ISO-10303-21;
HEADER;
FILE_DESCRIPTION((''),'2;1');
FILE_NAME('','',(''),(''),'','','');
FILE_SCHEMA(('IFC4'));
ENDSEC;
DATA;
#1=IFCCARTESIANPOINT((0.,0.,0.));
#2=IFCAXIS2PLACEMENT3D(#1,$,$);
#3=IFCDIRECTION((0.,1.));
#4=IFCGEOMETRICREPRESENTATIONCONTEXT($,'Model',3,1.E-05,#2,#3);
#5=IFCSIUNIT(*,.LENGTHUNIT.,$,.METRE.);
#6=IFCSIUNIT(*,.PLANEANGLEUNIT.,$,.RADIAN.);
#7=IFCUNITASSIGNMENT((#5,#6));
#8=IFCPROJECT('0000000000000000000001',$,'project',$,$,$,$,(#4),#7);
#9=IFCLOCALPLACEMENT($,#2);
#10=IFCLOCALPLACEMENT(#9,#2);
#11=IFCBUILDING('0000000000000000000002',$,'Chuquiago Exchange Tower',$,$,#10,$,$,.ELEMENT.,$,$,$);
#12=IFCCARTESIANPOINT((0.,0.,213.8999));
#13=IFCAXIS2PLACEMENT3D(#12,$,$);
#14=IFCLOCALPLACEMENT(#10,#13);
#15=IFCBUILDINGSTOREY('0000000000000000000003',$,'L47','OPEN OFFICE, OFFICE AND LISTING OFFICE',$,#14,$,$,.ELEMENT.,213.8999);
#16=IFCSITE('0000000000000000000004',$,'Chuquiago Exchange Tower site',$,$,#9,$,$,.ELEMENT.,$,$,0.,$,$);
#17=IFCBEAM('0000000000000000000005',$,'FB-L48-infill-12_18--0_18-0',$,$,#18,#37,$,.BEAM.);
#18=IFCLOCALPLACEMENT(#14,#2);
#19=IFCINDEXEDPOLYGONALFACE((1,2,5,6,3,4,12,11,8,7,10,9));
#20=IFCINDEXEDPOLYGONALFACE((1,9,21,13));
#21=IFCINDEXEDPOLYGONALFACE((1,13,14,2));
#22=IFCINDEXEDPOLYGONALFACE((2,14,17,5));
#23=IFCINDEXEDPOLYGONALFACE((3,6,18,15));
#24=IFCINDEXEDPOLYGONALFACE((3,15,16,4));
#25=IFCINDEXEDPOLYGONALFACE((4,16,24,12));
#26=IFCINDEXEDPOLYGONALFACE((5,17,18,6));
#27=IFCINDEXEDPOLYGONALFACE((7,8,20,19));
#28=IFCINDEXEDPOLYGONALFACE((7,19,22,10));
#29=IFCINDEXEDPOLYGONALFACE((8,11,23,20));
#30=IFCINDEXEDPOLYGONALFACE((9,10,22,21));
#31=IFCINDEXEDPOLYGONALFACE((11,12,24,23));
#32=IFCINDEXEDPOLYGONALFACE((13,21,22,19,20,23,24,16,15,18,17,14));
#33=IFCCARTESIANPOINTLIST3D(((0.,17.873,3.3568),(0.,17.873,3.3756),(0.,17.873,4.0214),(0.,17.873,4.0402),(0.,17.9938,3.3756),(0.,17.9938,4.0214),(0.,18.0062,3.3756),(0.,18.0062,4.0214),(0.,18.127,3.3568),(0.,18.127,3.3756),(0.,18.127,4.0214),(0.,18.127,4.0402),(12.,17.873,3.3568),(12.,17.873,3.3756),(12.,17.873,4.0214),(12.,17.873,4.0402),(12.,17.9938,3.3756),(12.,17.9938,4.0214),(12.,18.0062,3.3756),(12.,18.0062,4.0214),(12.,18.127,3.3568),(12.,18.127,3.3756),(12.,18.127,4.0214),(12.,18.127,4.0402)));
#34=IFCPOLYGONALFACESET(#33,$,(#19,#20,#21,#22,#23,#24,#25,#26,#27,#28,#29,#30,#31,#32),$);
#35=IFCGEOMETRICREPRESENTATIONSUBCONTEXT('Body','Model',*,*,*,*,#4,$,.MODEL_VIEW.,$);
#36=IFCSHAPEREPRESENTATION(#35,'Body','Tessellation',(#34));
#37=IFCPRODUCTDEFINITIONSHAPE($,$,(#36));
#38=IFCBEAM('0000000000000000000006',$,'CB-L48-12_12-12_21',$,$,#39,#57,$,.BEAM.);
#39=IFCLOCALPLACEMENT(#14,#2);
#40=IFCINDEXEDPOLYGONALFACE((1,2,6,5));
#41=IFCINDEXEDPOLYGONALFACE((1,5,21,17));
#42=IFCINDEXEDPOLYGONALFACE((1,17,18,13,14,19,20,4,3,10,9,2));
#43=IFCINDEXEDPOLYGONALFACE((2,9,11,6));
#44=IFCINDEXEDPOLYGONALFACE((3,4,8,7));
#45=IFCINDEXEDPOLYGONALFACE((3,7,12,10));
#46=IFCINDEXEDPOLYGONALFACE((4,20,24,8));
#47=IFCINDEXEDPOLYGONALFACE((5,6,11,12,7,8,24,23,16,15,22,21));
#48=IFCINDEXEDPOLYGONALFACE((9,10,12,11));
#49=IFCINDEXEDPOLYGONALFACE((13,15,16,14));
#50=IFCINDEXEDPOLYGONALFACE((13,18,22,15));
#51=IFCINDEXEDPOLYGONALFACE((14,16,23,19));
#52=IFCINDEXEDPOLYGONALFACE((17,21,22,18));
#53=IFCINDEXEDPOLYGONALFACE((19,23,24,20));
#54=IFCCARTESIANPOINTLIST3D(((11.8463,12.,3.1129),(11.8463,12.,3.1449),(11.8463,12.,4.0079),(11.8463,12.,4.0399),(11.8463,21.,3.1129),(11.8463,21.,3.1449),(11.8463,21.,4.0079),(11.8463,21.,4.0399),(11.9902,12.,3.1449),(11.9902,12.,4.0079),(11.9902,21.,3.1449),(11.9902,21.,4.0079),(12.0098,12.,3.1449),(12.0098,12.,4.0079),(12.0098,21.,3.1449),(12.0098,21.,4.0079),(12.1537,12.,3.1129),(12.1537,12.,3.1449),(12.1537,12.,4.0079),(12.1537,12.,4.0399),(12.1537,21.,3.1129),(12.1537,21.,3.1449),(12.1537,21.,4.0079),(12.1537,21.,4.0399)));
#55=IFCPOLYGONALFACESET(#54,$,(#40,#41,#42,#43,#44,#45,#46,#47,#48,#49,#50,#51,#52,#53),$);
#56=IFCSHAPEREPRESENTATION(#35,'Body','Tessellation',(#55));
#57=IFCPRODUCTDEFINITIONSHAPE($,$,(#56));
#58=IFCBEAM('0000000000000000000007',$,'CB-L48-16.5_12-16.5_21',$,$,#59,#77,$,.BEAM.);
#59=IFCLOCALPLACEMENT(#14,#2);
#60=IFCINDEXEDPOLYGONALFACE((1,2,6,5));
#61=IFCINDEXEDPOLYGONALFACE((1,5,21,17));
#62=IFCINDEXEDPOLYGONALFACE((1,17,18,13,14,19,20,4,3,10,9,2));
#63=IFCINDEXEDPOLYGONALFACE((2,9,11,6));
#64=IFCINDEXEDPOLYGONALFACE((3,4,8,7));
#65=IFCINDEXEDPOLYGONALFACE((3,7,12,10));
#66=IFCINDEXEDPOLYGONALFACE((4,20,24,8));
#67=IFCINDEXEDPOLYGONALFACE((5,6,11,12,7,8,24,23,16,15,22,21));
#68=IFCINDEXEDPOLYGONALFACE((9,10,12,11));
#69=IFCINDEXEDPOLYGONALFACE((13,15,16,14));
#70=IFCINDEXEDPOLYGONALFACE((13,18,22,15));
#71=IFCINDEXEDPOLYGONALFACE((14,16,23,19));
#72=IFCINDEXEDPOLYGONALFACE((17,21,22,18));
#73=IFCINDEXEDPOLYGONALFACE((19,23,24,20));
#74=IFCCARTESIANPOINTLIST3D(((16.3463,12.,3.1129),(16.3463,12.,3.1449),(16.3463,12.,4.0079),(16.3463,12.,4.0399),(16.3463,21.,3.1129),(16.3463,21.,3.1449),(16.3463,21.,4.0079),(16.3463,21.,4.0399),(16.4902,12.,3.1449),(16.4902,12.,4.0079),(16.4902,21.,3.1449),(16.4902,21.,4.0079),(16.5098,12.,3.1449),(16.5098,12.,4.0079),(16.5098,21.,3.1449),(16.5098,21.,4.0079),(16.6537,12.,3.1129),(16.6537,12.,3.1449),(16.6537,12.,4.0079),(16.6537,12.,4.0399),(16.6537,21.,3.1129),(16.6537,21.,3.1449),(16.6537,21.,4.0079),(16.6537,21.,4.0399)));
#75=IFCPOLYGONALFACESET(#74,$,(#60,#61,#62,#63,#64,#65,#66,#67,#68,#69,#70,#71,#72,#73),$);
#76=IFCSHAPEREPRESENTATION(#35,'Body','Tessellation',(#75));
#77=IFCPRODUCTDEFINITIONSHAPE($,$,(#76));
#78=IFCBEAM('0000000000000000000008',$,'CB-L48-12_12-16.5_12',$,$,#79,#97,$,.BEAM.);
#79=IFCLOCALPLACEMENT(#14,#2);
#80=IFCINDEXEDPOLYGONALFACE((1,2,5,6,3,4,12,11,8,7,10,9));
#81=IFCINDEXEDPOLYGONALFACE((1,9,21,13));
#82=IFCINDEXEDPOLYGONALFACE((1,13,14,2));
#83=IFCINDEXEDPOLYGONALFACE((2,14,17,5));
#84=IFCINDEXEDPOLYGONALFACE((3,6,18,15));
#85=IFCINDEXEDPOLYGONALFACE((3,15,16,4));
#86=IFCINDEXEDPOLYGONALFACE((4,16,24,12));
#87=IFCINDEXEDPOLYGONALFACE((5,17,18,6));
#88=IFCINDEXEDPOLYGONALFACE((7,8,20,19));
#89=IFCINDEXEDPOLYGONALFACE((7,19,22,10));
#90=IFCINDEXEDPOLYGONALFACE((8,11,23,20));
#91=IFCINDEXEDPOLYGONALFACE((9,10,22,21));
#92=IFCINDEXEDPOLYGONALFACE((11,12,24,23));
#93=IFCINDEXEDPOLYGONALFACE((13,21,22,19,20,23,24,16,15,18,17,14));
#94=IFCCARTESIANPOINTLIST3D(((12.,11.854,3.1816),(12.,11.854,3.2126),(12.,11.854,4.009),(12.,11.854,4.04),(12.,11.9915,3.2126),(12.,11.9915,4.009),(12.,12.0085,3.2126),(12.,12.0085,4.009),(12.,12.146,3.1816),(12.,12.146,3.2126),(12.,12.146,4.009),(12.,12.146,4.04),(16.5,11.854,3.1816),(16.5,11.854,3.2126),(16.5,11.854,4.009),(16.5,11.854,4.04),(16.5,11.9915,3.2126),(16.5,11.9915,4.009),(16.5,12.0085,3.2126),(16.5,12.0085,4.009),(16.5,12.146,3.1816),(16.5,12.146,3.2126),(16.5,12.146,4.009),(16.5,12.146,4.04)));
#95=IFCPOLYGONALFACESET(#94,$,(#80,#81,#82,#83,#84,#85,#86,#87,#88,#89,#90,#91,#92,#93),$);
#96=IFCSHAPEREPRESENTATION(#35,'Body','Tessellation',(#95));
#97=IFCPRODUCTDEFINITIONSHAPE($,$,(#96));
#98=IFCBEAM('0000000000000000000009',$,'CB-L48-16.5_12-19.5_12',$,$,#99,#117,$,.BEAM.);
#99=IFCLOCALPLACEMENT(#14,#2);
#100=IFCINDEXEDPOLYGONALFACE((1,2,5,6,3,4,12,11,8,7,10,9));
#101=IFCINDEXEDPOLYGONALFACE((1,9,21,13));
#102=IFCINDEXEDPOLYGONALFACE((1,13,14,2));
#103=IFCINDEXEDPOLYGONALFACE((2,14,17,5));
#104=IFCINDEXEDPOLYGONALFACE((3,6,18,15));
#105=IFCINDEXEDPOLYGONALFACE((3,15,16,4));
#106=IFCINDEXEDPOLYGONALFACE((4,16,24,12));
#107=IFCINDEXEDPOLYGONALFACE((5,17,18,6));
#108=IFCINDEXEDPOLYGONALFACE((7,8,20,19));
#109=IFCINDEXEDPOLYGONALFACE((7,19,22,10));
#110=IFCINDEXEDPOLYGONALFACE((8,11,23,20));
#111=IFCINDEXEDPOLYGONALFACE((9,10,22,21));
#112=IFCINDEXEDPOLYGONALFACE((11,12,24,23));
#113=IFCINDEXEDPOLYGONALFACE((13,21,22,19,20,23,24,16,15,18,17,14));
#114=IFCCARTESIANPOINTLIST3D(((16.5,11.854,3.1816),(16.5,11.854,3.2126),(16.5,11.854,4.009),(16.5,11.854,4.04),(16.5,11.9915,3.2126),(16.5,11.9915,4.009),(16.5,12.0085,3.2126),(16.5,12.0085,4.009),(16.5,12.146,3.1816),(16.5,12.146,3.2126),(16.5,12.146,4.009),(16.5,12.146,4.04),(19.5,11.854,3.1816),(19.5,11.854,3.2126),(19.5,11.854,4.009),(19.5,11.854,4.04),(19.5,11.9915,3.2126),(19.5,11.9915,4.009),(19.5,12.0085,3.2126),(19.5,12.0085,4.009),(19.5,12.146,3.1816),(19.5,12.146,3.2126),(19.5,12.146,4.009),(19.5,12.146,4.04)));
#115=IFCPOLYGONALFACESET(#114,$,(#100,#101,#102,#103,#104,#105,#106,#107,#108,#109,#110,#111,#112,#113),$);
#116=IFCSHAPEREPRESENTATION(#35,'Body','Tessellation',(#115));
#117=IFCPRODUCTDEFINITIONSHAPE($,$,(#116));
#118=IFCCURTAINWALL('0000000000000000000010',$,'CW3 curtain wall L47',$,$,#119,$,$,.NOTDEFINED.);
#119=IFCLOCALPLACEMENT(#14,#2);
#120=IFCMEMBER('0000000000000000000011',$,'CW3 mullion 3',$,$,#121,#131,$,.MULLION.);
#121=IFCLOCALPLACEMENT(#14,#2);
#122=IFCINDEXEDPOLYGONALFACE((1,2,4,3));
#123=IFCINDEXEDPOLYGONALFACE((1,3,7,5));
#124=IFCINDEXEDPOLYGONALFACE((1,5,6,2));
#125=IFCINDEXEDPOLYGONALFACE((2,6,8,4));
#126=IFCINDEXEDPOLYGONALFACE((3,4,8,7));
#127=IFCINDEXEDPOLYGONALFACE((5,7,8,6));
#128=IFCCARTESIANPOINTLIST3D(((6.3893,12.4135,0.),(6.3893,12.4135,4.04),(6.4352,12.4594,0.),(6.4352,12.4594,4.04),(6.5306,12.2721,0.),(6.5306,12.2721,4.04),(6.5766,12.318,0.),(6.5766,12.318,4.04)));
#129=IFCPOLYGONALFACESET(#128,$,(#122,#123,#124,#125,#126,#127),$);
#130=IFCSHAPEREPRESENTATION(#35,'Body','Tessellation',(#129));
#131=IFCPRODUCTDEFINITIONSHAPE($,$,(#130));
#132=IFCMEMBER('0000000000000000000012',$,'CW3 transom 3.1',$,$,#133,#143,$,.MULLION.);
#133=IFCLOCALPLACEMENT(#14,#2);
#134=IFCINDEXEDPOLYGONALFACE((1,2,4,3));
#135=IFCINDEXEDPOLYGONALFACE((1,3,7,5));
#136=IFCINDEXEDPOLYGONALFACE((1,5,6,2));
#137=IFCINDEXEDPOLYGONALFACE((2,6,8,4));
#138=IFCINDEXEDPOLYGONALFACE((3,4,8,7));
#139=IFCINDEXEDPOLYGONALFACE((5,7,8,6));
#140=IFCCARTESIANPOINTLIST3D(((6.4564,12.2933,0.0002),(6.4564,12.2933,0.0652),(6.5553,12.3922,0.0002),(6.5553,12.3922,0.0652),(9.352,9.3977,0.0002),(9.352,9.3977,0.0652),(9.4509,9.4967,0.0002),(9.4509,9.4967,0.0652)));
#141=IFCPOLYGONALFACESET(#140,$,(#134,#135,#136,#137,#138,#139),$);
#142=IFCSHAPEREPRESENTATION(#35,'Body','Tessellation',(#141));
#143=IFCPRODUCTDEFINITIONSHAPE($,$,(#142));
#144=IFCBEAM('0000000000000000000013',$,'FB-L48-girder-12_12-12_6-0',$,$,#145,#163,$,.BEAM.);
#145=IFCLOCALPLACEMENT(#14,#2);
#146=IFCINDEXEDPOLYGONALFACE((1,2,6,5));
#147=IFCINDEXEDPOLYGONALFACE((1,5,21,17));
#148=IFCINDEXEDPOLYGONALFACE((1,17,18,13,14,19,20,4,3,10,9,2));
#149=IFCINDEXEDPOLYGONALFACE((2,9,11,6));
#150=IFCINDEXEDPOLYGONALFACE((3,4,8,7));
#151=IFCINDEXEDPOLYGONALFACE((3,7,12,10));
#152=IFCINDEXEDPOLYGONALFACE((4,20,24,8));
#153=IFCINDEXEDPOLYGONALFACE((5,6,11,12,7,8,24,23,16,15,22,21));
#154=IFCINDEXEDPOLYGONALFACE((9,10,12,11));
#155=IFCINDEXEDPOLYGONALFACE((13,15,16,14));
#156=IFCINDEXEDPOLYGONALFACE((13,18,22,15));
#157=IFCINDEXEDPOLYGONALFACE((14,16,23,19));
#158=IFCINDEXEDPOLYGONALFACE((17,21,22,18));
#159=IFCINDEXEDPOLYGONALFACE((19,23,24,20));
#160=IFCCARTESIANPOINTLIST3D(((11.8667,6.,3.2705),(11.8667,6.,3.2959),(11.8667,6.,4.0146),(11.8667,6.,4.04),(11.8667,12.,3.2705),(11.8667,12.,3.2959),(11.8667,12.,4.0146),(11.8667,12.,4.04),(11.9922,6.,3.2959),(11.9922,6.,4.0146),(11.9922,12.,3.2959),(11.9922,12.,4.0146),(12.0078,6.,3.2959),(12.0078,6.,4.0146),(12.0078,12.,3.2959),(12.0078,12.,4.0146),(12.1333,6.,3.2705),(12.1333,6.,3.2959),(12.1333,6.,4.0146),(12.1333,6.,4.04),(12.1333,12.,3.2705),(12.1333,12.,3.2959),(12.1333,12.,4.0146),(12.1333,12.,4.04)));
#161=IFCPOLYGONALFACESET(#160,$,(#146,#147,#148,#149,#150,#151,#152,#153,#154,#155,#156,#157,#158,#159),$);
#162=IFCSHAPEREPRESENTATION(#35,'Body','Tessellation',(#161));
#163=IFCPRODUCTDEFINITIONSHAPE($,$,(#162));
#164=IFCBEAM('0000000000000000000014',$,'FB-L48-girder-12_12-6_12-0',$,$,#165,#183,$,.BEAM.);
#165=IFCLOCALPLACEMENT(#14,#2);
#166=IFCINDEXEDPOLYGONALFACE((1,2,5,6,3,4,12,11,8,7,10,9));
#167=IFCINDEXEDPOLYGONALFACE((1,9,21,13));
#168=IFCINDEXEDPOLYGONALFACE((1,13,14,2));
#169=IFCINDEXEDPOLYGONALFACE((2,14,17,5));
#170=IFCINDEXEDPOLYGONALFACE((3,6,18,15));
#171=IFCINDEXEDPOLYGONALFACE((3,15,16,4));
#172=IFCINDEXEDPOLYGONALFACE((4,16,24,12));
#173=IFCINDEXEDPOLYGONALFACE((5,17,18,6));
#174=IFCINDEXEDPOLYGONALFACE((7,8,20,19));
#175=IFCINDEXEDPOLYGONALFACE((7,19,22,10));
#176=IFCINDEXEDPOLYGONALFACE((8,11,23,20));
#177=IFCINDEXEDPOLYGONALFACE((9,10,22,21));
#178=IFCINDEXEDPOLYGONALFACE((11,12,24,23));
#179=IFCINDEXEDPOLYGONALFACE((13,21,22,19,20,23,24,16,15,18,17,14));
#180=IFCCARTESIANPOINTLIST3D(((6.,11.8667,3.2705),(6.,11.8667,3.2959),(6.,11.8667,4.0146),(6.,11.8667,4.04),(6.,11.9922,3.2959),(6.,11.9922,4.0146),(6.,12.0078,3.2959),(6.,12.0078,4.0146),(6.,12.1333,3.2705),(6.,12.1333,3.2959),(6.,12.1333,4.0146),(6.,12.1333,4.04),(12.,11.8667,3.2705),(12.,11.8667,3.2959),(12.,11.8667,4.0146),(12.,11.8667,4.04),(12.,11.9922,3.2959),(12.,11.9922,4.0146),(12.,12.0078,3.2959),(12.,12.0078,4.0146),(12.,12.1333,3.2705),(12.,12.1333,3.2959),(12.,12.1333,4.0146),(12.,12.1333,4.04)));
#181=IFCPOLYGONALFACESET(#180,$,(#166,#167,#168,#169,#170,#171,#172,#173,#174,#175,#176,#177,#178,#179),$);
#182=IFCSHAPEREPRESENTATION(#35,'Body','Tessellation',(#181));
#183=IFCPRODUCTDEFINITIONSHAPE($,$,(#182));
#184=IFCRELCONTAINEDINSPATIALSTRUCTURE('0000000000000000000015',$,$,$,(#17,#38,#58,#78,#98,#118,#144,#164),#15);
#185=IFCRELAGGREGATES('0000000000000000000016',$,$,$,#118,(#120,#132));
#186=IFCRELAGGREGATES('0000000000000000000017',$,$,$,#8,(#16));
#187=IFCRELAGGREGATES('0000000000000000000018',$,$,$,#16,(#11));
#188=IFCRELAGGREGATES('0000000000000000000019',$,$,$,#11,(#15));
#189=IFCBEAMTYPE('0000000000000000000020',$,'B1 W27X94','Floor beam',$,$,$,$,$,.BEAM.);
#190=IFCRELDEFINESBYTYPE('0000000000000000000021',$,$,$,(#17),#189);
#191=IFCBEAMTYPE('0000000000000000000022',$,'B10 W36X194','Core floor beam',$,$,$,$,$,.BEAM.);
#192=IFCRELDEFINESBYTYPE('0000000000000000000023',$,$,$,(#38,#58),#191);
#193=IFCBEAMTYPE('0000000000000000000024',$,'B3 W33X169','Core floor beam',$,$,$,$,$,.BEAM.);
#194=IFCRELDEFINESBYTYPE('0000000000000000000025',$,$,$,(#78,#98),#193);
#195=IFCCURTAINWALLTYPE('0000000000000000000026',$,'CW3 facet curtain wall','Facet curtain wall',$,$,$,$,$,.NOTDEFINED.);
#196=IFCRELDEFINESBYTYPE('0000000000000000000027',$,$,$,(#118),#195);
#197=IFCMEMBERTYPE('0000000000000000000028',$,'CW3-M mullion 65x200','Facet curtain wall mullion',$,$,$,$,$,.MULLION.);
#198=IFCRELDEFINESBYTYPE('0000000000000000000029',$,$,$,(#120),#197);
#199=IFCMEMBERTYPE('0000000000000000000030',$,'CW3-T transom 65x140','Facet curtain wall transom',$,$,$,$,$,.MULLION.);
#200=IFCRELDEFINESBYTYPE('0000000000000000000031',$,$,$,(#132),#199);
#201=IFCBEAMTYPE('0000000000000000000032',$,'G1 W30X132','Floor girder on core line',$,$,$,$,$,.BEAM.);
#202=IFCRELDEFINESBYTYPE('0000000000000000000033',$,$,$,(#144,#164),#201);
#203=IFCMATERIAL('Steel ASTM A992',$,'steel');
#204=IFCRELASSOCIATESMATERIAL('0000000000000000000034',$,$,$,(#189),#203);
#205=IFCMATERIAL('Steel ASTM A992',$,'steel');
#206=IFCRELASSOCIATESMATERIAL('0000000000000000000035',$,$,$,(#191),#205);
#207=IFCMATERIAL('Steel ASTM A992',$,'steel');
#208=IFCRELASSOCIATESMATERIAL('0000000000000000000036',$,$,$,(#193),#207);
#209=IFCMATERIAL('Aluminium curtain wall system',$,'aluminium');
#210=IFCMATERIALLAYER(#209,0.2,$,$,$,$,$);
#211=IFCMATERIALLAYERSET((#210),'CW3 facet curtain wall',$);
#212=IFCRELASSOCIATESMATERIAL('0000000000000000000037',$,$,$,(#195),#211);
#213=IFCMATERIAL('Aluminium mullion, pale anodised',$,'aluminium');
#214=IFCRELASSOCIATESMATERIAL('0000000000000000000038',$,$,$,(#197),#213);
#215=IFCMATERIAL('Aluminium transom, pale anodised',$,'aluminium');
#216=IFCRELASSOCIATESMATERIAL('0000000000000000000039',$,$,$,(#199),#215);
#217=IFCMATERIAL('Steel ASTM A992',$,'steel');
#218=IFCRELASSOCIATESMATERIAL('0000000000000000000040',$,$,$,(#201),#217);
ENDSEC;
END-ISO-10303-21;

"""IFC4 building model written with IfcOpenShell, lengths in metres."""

from ifc_helpers import new_model, si_unit, direction, frame, origin, origin_2d, place, context, subcontext, project, spatial, rectangle, i_section, extrude, material, layer, layer_set, material_profile, profile_set, type_object, element, aggregate, save


model = new_model("IFC4")

# Units and contexts
model_context = context("Model", 3, precision=1e-05, world=origin(), true_north=direction((0.0, 1.0)))
body_context = subcontext(model_context, "Body", "Model", "MODEL_VIEW")
ifc_project = project(units=[si_unit("LENGTHUNIT", "METRE"), si_unit("PLANEANGLEUNIT", "RADIAN")], contexts=[model_context])

# Site, building, storey
site_placement = place(None, origin())
site = spatial("IfcSite", under=ifc_project, at=site_placement, Name="Chuquiago Exchange Tower site", CompositionType="ELEMENT", RefElevation=0.0)
building_placement = place(site_placement, origin())
building = spatial("IfcBuilding", under=site, at=building_placement, Name="Chuquiago Exchange Tower", CompositionType="ELEMENT")
storey_placement = place(building_placement, frame((0.0, 0.0, 213.8999)))
storey = spatial("IfcBuildingStorey", under=building, at=storey_placement, Name="L47", Description="OPEN OFFICE, OFFICE AND LISTING OFFICE", CompositionType="ELEMENT", Elevation=213.8999)

# Beams
ifc_material_1 = material(Name="Steel ASTM A992", Category="steel")
ifc_material_profile_1 = material_profile(ifc_material_1, i_section(OverallWidth=0.2539, OverallDepth=0.6833, WebThickness=0.0125, FlangeThickness=0.0188, at=origin_2d()), Name="W27X94")
ifc_profile_set_1 = profile_set([ifc_material_profile_1], Name="Steel ASTM A992")
beam_type_1 = type_object("IfcBeamType", Name="B1 W27X94", Description="Floor beam", PredefinedType="BEAM", material=ifc_profile_set_1)
beam_1_placement = place(storey_placement, frame((12.0, 18.0, 3.6985), z_axis=(-1.0, 0.0, 0.0), x_axis=(0.0, -1.0, 0.0)))
element("IfcBeam", 1, at=beam_1_placement, inside=storey, type_object=beam_type_1, Name="FB-L48-infill-12_18--0_18-0", PredefinedType="BEAM", context=body_context, shape_type="SweptSolid", body=[
    extrude(i_section(OverallWidth=0.2539, OverallDepth=0.6833, WebThickness=0.0125, FlangeThickness=0.0188, at=origin_2d()), origin(), (0.0, 0.0, 1.0), 12.0),
])
ifc_material_2 = material(Name="Steel ASTM A992", Category="steel")
ifc_material_profile_2 = material_profile(ifc_material_2, i_section(OverallWidth=0.3074, OverallDepth=0.927, WebThickness=0.0195, FlangeThickness=0.032, at=origin_2d()), Name="W36X194")
ifc_profile_set_2 = profile_set([ifc_material_profile_2], Name="Steel ASTM A992")
beam_type_2 = type_object("IfcBeamType", Name="B10 W36X194", Description="Core floor beam", PredefinedType="BEAM", material=ifc_profile_set_2)
for number, where, z_axis, x_axis, name in (
    (2, (12.0, 12.0, 3.5764), (0.0, 1.0, 0.0), (-1.0, 0.0, 0.0), "CB-L48-12_12-12_21"),
    (3, (16.5, 12.0, 3.5764), (0.0, 1.0, 0.0), (-1.0, 0.0, 0.0), "CB-L48-16.5_12-16.5_21"),
):
    element("IfcBeam", number, at=place(storey_placement, frame(where, z_axis=z_axis, x_axis=x_axis)), inside=storey, type_object=beam_type_2, Name=name, PredefinedType="BEAM", context=body_context, shape_type="SweptSolid", body=[
        extrude(i_section(OverallWidth=0.3074, OverallDepth=0.927, WebThickness=0.0195, FlangeThickness=0.032, at=origin_2d()), origin(), (0.0, 0.0, 1.0), 9.0),
    ])
ifc_material_3 = material(Name="Steel ASTM A992", Category="steel")
ifc_material_profile_3 = material_profile(ifc_material_3, i_section(OverallWidth=0.292, OverallDepth=0.8584, WebThickness=0.0171, FlangeThickness=0.031, at=origin_2d()), Name="W33X169")
ifc_profile_set_3 = profile_set([ifc_material_profile_3], Name="Steel ASTM A992")
beam_type_3 = type_object("IfcBeamType", Name="B3 W33X169", Description="Core floor beam", PredefinedType="BEAM", material=ifc_profile_set_3)
beam_2_placement = place(storey_placement, frame((12.0, 12.0, 3.6108), z_axis=(1.0, 0.0, 0.0), x_axis=(0.0, 1.0, 0.0)))
element("IfcBeam", 4, at=beam_2_placement, inside=storey, type_object=beam_type_3, Name="CB-L48-12_12-16.5_12", PredefinedType="BEAM", context=body_context, shape_type="SweptSolid", body=[
    extrude(i_section(OverallWidth=0.292, OverallDepth=0.8584, WebThickness=0.0171, FlangeThickness=0.031, at=origin_2d()), origin(), (0.0, 0.0, 1.0), 4.5),
])
beam_3_placement = place(storey_placement, frame((16.5, 12.0, 3.6108), z_axis=(1.0, 0.0, 0.0), x_axis=(0.0, 1.0, 0.0)))
element("IfcBeam", 5, at=beam_3_placement, inside=storey, type_object=beam_type_3, Name="CB-L48-16.5_12-19.5_12", PredefinedType="BEAM", context=body_context, shape_type="SweptSolid", body=[
    extrude(i_section(OverallWidth=0.292, OverallDepth=0.8584, WebThickness=0.0171, FlangeThickness=0.031, at=origin_2d()), origin(), (0.0, 0.0, 1.0), 3.0),
])

# Curtain wall, members
ifc_material_4 = material(Name="Aluminium curtain wall system", Category="aluminium")
ifc_layer_1 = layer(ifc_material_4, 0.2)
ifc_layer_set_1 = layer_set([ifc_layer_1], Name="CW3 facet curtain wall")
curtain_wall_type = type_object("IfcCurtainWallType", Name="CW3 facet curtain wall", Description="Facet curtain wall", PredefinedType="NOTDEFINED", material=ifc_layer_set_1)
curtain_wall_placement = place(storey_placement, origin())
curtain_wall = element("IfcCurtainWall", 6, at=curtain_wall_placement, inside=storey, type_object=curtain_wall_type, Name="CW3 curtain wall L47", PredefinedType="NOTDEFINED")
ifc_material_5 = material(Name="Aluminium mullion, pale anodised", Category="aluminium")
ifc_material_profile_4 = material_profile(ifc_material_5, rectangle(XDim=0.0649, YDim=0.2, at=origin_2d()), Name="AL 65x200")
ifc_profile_set_4 = profile_set([ifc_material_profile_4], Name="Aluminium mullion, pale anodised")
member_type_1 = type_object("IfcMemberType", Name="CW3-M mullion 65x200", Description="Facet curtain wall mullion", PredefinedType="MULLION", material=ifc_profile_set_4)
member_1_placement = place(storey_placement, frame((6.4829, 12.3657, 0.0), z_axis=(0.0, 0.0, 1.0), x_axis=(0.707107, 0.707107, 0.0)))
member_1 = element("IfcMember", 7, at=member_1_placement, type_object=member_type_1, Name="CW3 mullion 3", PredefinedType="MULLION", context=body_context, shape_type="SweptSolid", body=[
    extrude(rectangle(XDim=0.0649, YDim=0.2, at=origin_2d()), origin(), (0.0, 0.0, 1.0), 4.04),
])
ifc_material_6 = material(Name="Aluminium transom, pale anodised", Category="aluminium")
ifc_material_profile_5 = material_profile(ifc_material_6, rectangle(XDim=0.1399, YDim=0.0649, at=origin_2d()), Name="AL 140x65")
ifc_profile_set_5 = profile_set([ifc_material_profile_5], Name="Aluminium transom, pale anodised")
member_type_2 = type_object("IfcMemberType", Name="CW3-T transom 65x140", Description="Facet curtain wall transom", PredefinedType="MULLION", material=ifc_profile_set_5)
member_2_placement = place(storey_placement, frame((6.5059, 12.3428, 0.0327), z_axis=(0.707107, -0.707107, 0.0), x_axis=(0.707107, 0.707107, 0.0)))
member_2 = element("IfcMember", 8, at=member_2_placement, type_object=member_type_2, Name="CW3 transom 3.1", PredefinedType="MULLION", context=body_context, shape_type="SweptSolid", body=[
    extrude(rectangle(XDim=0.1399, YDim=0.0649, at=origin_2d()), origin(), (0.0, 0.0, 1.0), 4.095),
])
aggregate(curtain_wall, [member_1, member_2])

# Beams
ifc_material_7 = material(Name="Steel ASTM A992", Category="steel")
ifc_material_profile_6 = material_profile(ifc_material_7, i_section(OverallWidth=0.2666, OverallDepth=0.7695, WebThickness=0.0156, FlangeThickness=0.0254, at=origin_2d()), Name="W30X132")
ifc_profile_set_6 = profile_set([ifc_material_profile_6], Name="Steel ASTM A992")
beam_type_4 = type_object("IfcBeamType", Name="G1 W30X132", Description="Floor girder on core line", PredefinedType="BEAM", material=ifc_profile_set_6)
for number, where, z_axis, x_axis, name in (
    (9, (12.0, 12.0, 3.6553), (0.0, -1.0, 0.0), (1.0, 0.0, 0.0), "FB-L48-girder-12_12-12_6-0"),
    (10, (12.0, 12.0, 3.6553), (-1.0, 0.0, 0.0), (0.0, -1.0, 0.0), "FB-L48-girder-12_12-6_12-0"),
):
    element("IfcBeam", number, at=place(storey_placement, frame(where, z_axis=z_axis, x_axis=x_axis)), inside=storey, type_object=beam_type_4, Name=name, PredefinedType="BEAM", context=body_context, shape_type="SweptSolid", body=[
        extrude(i_section(OverallWidth=0.2666, OverallDepth=0.7695, WebThickness=0.0156, FlangeThickness=0.0254, at=origin_2d()), origin(), (0.0, 0.0, 1.0), 6.0),
    ])

save(model, "model.ifc")
